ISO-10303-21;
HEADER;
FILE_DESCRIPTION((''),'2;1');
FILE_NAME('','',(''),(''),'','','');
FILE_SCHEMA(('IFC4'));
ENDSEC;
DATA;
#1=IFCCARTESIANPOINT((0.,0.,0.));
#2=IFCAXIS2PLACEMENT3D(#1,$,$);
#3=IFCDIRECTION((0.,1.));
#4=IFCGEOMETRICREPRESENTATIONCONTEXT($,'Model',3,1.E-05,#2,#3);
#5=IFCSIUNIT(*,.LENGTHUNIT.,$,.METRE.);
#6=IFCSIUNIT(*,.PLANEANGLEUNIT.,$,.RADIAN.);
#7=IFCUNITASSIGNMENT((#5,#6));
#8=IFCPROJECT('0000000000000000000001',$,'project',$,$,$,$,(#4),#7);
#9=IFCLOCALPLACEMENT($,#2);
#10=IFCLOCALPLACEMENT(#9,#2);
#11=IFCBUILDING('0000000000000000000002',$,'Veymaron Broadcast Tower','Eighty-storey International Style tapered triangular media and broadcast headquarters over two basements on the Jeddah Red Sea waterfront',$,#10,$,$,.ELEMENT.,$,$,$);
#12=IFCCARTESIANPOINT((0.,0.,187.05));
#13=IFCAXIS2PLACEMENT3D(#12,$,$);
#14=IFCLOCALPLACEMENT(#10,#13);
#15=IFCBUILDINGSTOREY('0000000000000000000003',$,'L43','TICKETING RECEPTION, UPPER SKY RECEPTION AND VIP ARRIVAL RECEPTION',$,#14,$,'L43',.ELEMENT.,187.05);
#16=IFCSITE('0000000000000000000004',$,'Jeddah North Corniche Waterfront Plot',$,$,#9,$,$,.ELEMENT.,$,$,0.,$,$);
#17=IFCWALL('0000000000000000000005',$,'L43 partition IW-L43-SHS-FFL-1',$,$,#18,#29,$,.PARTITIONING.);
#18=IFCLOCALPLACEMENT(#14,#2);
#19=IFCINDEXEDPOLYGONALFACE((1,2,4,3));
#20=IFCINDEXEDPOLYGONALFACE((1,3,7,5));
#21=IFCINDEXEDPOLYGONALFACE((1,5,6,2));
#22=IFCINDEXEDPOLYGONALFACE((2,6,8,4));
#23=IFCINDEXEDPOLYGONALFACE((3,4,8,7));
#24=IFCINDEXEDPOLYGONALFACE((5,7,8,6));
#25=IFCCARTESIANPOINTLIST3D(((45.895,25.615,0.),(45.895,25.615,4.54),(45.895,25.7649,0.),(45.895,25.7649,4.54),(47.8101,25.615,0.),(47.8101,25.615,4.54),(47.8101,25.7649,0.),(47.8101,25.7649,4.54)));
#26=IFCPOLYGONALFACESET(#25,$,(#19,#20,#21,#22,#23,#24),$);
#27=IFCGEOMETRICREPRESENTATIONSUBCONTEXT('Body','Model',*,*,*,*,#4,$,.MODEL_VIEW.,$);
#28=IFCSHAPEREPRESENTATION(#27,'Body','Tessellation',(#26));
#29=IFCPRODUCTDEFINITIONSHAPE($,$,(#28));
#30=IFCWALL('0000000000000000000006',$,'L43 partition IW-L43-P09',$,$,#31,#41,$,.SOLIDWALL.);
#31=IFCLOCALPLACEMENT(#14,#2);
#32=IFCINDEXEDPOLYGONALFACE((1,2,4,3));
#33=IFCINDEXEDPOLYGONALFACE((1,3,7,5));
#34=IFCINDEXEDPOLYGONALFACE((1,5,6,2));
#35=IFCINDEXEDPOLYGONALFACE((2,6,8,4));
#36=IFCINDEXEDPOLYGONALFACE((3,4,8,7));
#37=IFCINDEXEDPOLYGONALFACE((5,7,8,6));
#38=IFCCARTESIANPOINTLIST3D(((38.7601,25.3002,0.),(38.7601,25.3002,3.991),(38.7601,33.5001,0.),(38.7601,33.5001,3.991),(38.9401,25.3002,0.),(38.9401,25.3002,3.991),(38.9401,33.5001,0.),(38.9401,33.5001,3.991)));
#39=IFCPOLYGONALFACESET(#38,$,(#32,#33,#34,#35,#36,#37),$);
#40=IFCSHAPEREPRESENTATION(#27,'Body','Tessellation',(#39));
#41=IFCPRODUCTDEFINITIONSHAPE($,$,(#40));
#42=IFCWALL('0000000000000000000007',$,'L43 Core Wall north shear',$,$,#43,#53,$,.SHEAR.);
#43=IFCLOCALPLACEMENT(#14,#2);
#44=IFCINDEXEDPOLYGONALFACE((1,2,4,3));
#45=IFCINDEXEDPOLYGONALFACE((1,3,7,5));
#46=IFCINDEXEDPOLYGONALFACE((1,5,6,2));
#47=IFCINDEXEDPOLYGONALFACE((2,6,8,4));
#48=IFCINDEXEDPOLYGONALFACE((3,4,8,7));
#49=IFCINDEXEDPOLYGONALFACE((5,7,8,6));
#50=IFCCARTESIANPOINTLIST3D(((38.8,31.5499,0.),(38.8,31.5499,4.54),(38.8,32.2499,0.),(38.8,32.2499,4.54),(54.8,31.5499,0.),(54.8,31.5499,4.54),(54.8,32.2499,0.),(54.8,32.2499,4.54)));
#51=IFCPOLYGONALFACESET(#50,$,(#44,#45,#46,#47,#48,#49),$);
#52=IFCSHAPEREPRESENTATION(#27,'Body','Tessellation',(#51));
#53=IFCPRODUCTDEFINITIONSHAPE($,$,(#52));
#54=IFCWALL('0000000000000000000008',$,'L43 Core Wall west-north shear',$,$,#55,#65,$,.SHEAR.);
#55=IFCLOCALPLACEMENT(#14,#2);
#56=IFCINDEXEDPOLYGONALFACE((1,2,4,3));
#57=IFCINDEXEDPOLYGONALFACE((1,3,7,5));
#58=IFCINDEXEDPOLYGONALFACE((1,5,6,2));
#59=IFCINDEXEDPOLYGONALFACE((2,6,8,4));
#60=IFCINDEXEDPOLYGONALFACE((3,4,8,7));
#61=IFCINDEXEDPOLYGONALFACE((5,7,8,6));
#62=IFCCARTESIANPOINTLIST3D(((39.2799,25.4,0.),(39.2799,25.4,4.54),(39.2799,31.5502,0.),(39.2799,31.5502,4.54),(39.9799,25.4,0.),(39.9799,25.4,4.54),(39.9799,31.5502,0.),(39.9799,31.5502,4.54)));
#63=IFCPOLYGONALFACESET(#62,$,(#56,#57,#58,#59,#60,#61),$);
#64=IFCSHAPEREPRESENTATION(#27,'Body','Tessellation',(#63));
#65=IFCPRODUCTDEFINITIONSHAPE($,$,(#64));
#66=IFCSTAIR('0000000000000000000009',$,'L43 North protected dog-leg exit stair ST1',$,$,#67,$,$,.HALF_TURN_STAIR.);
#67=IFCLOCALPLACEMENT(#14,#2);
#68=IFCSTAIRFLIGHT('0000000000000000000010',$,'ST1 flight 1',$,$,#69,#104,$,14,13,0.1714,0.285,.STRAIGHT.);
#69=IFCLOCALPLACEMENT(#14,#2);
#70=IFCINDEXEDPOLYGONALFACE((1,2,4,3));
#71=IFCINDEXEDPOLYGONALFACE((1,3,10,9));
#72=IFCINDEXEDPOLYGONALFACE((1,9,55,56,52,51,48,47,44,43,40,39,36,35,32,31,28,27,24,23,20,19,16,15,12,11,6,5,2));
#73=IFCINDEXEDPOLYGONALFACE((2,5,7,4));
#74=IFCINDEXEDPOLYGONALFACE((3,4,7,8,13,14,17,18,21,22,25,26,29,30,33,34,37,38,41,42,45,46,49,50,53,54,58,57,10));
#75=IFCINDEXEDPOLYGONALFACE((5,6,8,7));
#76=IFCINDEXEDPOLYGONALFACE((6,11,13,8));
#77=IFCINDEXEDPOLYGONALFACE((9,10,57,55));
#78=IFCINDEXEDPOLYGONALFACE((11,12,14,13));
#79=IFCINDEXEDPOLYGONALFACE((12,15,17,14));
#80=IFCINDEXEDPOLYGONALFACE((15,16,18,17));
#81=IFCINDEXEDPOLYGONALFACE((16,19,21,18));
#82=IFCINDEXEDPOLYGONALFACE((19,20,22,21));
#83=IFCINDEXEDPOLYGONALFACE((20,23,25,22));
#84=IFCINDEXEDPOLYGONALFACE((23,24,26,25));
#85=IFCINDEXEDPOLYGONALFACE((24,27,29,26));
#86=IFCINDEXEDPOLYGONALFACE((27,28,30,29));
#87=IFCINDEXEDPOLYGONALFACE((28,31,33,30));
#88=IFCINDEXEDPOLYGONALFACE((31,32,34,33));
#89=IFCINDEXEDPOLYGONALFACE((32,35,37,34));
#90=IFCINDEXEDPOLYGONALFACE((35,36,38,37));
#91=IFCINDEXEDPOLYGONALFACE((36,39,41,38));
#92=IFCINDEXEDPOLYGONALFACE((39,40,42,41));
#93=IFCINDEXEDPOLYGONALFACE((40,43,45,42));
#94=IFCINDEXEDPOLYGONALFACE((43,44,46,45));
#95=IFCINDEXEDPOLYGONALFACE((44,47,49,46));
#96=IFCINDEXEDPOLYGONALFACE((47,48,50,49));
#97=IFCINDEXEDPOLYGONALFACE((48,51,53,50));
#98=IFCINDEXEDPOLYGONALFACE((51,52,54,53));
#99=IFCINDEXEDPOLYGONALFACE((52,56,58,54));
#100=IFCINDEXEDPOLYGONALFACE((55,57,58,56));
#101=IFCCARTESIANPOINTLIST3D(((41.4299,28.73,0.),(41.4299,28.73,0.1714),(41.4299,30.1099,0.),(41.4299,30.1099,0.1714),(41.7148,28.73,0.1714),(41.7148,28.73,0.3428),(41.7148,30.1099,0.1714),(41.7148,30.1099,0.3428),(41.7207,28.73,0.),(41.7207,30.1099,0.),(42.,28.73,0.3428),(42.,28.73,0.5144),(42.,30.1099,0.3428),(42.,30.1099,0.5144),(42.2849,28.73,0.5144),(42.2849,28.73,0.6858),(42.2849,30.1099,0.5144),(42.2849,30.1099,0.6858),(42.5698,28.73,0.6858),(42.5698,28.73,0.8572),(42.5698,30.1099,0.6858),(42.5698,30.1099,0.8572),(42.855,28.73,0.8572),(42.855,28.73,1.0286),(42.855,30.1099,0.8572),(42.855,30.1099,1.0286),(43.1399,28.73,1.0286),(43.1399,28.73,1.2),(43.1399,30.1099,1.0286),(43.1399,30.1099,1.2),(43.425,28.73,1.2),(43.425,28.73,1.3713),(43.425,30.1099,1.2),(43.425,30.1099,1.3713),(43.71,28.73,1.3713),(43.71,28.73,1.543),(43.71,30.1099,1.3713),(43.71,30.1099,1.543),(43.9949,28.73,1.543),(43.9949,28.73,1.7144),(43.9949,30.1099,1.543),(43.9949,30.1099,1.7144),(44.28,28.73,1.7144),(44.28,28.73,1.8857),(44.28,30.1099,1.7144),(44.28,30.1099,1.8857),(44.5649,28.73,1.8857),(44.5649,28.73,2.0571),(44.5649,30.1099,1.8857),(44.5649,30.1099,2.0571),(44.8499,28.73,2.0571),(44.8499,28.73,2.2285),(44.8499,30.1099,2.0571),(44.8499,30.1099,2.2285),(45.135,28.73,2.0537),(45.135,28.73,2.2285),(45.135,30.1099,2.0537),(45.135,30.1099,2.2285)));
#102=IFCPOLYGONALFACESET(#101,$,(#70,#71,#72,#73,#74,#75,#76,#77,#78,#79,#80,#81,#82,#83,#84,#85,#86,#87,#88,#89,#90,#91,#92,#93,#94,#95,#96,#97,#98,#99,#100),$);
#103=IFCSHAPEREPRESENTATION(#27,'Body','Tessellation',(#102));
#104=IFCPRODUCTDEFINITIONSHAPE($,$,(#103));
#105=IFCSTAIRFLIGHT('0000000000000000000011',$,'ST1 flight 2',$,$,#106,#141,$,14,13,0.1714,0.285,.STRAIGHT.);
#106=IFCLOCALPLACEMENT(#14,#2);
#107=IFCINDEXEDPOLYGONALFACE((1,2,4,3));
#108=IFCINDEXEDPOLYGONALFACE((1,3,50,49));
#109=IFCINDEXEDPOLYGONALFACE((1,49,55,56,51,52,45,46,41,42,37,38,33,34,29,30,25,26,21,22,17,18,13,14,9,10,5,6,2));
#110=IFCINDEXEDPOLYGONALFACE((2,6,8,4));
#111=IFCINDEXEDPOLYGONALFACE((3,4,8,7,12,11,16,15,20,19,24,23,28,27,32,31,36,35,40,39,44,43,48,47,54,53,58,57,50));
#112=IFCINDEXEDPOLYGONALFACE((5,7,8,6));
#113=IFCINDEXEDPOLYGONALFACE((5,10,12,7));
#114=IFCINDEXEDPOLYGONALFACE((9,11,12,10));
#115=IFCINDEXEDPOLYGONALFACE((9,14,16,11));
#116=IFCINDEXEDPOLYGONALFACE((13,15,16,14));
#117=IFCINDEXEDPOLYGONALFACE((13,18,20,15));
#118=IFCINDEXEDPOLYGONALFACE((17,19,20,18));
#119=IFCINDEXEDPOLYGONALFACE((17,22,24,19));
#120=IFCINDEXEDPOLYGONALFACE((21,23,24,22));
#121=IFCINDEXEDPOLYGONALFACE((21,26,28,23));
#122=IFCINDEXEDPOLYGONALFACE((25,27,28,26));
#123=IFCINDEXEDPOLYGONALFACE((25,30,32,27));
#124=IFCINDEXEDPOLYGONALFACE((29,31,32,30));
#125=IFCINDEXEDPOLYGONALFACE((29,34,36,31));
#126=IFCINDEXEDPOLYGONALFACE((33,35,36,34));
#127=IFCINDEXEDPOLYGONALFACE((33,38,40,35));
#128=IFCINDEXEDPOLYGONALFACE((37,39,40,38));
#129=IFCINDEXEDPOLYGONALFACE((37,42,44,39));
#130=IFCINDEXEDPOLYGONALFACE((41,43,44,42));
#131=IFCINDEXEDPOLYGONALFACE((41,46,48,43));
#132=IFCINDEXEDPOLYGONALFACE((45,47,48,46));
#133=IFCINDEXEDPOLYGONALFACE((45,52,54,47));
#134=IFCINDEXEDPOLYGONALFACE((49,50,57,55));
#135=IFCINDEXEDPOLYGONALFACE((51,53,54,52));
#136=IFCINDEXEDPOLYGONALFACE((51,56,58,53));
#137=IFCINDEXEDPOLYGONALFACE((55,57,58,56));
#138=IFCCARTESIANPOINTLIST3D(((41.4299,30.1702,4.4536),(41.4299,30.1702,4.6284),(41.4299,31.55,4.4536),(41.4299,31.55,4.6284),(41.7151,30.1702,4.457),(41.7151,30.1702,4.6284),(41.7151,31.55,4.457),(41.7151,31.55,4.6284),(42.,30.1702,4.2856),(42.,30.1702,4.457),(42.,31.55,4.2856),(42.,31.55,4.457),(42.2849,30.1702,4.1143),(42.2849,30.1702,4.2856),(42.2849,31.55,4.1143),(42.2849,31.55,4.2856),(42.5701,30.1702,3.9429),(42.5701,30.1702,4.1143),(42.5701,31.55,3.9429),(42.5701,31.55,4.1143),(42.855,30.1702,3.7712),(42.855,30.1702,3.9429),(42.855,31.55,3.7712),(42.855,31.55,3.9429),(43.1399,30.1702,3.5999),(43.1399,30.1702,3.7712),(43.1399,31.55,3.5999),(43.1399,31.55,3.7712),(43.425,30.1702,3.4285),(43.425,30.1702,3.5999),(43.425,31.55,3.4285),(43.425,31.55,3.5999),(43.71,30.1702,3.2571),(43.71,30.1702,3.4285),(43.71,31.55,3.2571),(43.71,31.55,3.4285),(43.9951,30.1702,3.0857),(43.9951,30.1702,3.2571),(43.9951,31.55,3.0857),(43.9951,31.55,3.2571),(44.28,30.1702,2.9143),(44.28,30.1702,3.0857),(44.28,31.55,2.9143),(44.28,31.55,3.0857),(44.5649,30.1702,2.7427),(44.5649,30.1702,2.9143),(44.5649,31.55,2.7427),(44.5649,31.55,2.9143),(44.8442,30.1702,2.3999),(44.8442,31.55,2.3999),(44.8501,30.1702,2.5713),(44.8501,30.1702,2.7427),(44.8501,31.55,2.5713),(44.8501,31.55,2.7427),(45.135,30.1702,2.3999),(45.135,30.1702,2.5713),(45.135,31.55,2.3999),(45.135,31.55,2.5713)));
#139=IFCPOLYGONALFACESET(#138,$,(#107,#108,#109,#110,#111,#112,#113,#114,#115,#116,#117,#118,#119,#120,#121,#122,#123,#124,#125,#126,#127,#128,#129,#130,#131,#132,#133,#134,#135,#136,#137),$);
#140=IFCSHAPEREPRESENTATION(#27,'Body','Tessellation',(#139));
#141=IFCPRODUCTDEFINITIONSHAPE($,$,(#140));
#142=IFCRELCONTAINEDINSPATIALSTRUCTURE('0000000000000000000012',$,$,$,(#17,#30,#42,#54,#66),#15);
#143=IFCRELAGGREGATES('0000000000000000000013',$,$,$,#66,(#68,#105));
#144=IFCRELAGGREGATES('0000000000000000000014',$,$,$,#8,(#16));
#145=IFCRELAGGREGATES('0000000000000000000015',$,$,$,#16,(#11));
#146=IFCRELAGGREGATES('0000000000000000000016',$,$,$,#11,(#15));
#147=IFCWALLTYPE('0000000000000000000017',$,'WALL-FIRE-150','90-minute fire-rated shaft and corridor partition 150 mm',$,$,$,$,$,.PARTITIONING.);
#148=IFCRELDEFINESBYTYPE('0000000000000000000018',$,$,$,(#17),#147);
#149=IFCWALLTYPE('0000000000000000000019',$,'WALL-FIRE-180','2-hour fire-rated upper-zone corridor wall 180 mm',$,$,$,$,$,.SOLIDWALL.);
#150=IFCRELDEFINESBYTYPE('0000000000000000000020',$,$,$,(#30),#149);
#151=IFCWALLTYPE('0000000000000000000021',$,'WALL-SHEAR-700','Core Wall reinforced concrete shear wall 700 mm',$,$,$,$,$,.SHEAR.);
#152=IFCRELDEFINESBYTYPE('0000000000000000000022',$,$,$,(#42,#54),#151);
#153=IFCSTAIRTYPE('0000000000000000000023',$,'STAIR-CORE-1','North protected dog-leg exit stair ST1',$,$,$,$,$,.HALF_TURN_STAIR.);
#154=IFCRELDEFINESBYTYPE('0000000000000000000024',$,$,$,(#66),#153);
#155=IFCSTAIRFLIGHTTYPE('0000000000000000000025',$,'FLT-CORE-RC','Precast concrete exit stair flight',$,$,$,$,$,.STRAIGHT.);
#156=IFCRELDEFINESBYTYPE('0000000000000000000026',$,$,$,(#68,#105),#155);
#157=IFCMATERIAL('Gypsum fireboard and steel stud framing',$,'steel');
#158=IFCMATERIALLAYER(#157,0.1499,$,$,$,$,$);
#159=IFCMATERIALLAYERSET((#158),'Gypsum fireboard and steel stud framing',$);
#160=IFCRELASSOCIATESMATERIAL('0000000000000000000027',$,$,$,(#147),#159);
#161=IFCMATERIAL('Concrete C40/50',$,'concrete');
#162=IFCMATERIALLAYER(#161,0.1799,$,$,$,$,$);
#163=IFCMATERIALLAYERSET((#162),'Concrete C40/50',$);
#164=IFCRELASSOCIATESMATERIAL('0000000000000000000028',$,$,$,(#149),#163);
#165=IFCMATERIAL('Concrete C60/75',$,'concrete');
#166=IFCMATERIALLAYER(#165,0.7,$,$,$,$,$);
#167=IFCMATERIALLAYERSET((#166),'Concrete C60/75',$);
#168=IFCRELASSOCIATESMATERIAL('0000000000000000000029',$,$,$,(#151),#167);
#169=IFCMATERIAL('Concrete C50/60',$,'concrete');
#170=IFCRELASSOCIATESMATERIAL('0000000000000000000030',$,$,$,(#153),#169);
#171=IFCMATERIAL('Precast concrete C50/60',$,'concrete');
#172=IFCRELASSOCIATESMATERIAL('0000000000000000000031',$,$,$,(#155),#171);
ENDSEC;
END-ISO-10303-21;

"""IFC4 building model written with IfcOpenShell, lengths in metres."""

from ifc_helpers import new_model, si_unit, direction, frame, frame_2d, origin, place, context, subcontext, project, spatial, polyline, rectangle, outline, extrude, material, layer, layer_set, type_object, element, aggregate, save


model = new_model("IFC4")

# Units and contexts
model_context = context("Model", 3, precision=1e-05, world=origin(), true_north=direction((0.0, 1.0)))
body_context = subcontext(model_context, "Body", "Model", "MODEL_VIEW")
ifc_project = project(units=[si_unit("LENGTHUNIT", "METRE"), si_unit("PLANEANGLEUNIT", "RADIAN")], contexts=[model_context])

# Site, building, storey
site_placement = place(None, origin())
site = spatial("IfcSite", under=ifc_project, at=site_placement, Name="Jeddah North Corniche Waterfront Plot", CompositionType="ELEMENT", RefElevation=0.0)
building_placement = place(site_placement, origin())
building = spatial("IfcBuilding", under=site, at=building_placement, Name="Veymaron Broadcast Tower", Description="Eighty-storey International Style tapered triangular media and broadcast headquarters over two basements on the Jeddah Red Sea waterfront", CompositionType="ELEMENT")
storey_placement = place(building_placement, frame((0.0, 0.0, 187.05)))
storey = spatial("IfcBuildingStorey", under=building, at=storey_placement, Name="L43", Description="TICKETING RECEPTION, UPPER SKY RECEPTION AND VIP ARRIVAL RECEPTION", LongName="L43", CompositionType="ELEMENT", Elevation=187.05)

# Shared definitions
ifc_material_1 = material(Name="Gypsum fireboard and steel stud framing", Category="steel")
ifc_layer_1 = layer(ifc_material_1, 0.1499)
ifc_layer_set_1 = layer_set([ifc_layer_1], Name="Gypsum fireboard and steel stud framing")
wall_type_1 = type_object("IfcWallType", Name="WALL-FIRE-150", Description="90-minute fire-rated shaft and corridor partition 150 mm", PredefinedType="PARTITIONING", material=ifc_layer_set_1)

# Walls
wall_1_placement = place(storey_placement, frame((45.895, 25.6899, 0.0), z_axis=(0.0, 0.0, 1.0), x_axis=(1.0, 0.0, 0.0)))
element("IfcWall", 1, at=wall_1_placement, inside=storey, type_object=wall_type_1, Name="L43 partition IW-L43-SHS-FFL-1", PredefinedType="PARTITIONING", context=body_context, shape_type="SweptSolid", body=[
    extrude(rectangle(XDim=1.915, YDim=0.1499, at=frame_2d((0.9575, 0.0))), origin(), (0.0, 0.0, 1.0), 4.54),
])
ifc_material_2 = material(Name="Concrete C40/50", Category="concrete")
ifc_layer_2 = layer(ifc_material_2, 0.1799)
ifc_layer_set_2 = layer_set([ifc_layer_2], Name="Concrete C40/50")
wall_type_2 = type_object("IfcWallType", Name="WALL-FIRE-180", Description="2-hour fire-rated upper-zone corridor wall 180 mm", PredefinedType="SOLIDWALL", material=ifc_layer_set_2)
wall_2_placement = place(storey_placement, frame((38.8501, 25.3, 0.0), z_axis=(0.0, 0.0, 1.0), x_axis=(0.0, 1.0, 0.0)))
element("IfcWall", 2, at=wall_2_placement, inside=storey, type_object=wall_type_2, Name="L43 partition IW-L43-P09", PredefinedType="SOLIDWALL", context=body_context, shape_type="SweptSolid", body=[
    extrude(rectangle(XDim=8.2, YDim=0.1799, at=frame_2d((4.1001, 0.0))), origin(), (0.0, 0.0, 1.0), 3.991),
])

# Shared definitions
ifc_material_3 = material(Name="Concrete C50/60", Category="concrete")

# Walls
ifc_material_4 = material(Name="Concrete C60/75", Category="concrete")
ifc_layer_3 = layer(ifc_material_4, 0.7)
ifc_layer_set_3 = layer_set([ifc_layer_3], Name="Concrete C60/75")
wall_type_3 = type_object("IfcWallType", Name="WALL-SHEAR-700", Description="Core Wall reinforced concrete shear wall 700 mm", PredefinedType="SHEAR", material=ifc_layer_set_3)
wall_3_placement = place(storey_placement, frame((38.8, 31.8999, 0.0), z_axis=(0.0, 0.0, 1.0), x_axis=(1.0, 0.0, 0.0)))
element("IfcWall", 3, at=wall_3_placement, inside=storey, type_object=wall_type_3, Name="L43 Core Wall north shear", PredefinedType="SHEAR", context=body_context, shape_type="SweptSolid", body=[
    extrude(rectangle(XDim=16.0, YDim=0.7, at=frame_2d((8.0, 0.0))), origin(), (0.0, 0.0, 1.0), 4.54),
])
wall_4_placement = place(storey_placement, frame((39.6299, 25.3999, 0.0), z_axis=(0.0, 0.0, 1.0), x_axis=(0.0, 1.0, 0.0)))
element("IfcWall", 4, at=wall_4_placement, inside=storey, type_object=wall_type_3, Name="L43 Core Wall west-north shear", PredefinedType="SHEAR", context=body_context, shape_type="SweptSolid", body=[
    extrude(rectangle(XDim=6.1501, YDim=0.7, at=frame_2d((3.0752, 0.0))), origin(), (0.0, 0.0, 1.0), 4.54),
])

# Stair, stair flights
stair_type = type_object("IfcStairType", Name="STAIR-CORE-1", Description="North protected dog-leg exit stair ST1", PredefinedType="HALF_TURN_STAIR", material=ifc_material_3)
stair_placement = place(storey_placement, origin())
stair = element("IfcStair", 5, at=stair_placement, inside=storey, type_object=stair_type, Name="L43 North protected dog-leg exit stair ST1", PredefinedType="HALF_TURN_STAIR")
ifc_material_5 = material(Name="Precast concrete C50/60", Category="concrete")
stair_flight_type = type_object("IfcStairFlightType", Name="FLT-CORE-RC", Description="Precast concrete exit stair flight", PredefinedType="STRAIGHT", material=ifc_material_5)
stair_flight_1_placement = place(storey_placement, frame((41.4299, 29.4199, 0.0), z_axis=(0.0, 0.0, 1.0), x_axis=(1.0, 0.0, 0.0)))
stair_flight_1 = element("IfcStairFlight", 6, at=stair_flight_1_placement, type_object=stair_flight_type, Name="ST1 flight 1", NumberOfRisers=14, NumberOfTreads=13, PredefinedType="STRAIGHT", RiserHeight=0.1714, TreadLength=0.285, context=body_context, shape_type="SweptSolid", body=[
    extrude(outline(polyline([(0.0, 0.0), (0.0, 0.1714), (0.2849, 0.1714), (0.2849, 0.3428), (0.5701, 0.3428), (0.5701, 0.5144), (0.855, 0.5144), (0.855, 0.6858), (1.1399, 0.6858), (1.1399, 0.8572), (1.425, 0.8572), (1.425, 1.0286), (1.71, 1.0286), (1.71, 1.2), (1.9951, 1.2), (1.9951, 1.3713), (2.28, 1.3713), (2.28, 1.543), (2.5649, 1.543), (2.5649, 1.7144), (2.8501, 1.7144), (2.8501, 1.8857), (3.135, 1.8857), (3.135, 2.0571), (3.4199, 2.0571), (3.4199, 2.2285), (3.7051, 2.2285), (3.7051, 2.3999), (3.7051, 2.0537), (0.2908, 0.0), (0.0, 0.0)])), frame((0.0, 0.6899, 0.0), z_axis=(0.0, -1.0, 0.0), x_axis=(1.0, 0.0, 0.0)), (0.0, 0.0, 1.0), 1.3799),
])
stair_flight_2_placement = place(storey_placement, frame((45.135, 30.8601, 2.3999), z_axis=(0.0, 0.0, 1.0), x_axis=(-1.0, 0.0, 0.0)))
stair_flight_2 = element("IfcStairFlight", 7, at=stair_flight_2_placement, type_object=stair_flight_type, Name="ST1 flight 2", NumberOfRisers=14, NumberOfTreads=13, PredefinedType="STRAIGHT", RiserHeight=0.1714, TreadLength=0.285, context=body_context, shape_type="SweptSolid", body=[
    extrude(outline(polyline([(0.0, 0.0), (0.0, 0.1714), (0.2849, 0.1714), (0.2849, 0.3428), (0.5701, 0.3428), (0.5701, 0.5144), (0.855, 0.5144), (0.855, 0.6858), (1.1399, 0.6858), (1.1399, 0.8572), (1.425, 0.8572), (1.425, 1.0286), (1.71, 1.0286), (1.71, 1.2), (1.9951, 1.2), (1.9951, 1.3713), (2.28, 1.3713), (2.28, 1.543), (2.5649, 1.543), (2.5649, 1.7144), (2.8501, 1.7144), (2.8501, 1.8857), (3.135, 1.8857), (3.135, 2.0571), (3.4199, 2.0571), (3.4199, 2.2285), (3.7051, 2.2285), (3.7051, 2.3999), (3.7051, 2.0537), (0.2908, 0.0), (0.0, 0.0)])), frame((0.0, 0.6899, 0.0), z_axis=(0.0, -1.0, 0.0), x_axis=(1.0, 0.0, 0.0)), (0.0, 0.0, 1.0), 1.3799),
])
aggregate(stair, [stair_flight_1, stair_flight_2])

save(model, "model.ifc")
